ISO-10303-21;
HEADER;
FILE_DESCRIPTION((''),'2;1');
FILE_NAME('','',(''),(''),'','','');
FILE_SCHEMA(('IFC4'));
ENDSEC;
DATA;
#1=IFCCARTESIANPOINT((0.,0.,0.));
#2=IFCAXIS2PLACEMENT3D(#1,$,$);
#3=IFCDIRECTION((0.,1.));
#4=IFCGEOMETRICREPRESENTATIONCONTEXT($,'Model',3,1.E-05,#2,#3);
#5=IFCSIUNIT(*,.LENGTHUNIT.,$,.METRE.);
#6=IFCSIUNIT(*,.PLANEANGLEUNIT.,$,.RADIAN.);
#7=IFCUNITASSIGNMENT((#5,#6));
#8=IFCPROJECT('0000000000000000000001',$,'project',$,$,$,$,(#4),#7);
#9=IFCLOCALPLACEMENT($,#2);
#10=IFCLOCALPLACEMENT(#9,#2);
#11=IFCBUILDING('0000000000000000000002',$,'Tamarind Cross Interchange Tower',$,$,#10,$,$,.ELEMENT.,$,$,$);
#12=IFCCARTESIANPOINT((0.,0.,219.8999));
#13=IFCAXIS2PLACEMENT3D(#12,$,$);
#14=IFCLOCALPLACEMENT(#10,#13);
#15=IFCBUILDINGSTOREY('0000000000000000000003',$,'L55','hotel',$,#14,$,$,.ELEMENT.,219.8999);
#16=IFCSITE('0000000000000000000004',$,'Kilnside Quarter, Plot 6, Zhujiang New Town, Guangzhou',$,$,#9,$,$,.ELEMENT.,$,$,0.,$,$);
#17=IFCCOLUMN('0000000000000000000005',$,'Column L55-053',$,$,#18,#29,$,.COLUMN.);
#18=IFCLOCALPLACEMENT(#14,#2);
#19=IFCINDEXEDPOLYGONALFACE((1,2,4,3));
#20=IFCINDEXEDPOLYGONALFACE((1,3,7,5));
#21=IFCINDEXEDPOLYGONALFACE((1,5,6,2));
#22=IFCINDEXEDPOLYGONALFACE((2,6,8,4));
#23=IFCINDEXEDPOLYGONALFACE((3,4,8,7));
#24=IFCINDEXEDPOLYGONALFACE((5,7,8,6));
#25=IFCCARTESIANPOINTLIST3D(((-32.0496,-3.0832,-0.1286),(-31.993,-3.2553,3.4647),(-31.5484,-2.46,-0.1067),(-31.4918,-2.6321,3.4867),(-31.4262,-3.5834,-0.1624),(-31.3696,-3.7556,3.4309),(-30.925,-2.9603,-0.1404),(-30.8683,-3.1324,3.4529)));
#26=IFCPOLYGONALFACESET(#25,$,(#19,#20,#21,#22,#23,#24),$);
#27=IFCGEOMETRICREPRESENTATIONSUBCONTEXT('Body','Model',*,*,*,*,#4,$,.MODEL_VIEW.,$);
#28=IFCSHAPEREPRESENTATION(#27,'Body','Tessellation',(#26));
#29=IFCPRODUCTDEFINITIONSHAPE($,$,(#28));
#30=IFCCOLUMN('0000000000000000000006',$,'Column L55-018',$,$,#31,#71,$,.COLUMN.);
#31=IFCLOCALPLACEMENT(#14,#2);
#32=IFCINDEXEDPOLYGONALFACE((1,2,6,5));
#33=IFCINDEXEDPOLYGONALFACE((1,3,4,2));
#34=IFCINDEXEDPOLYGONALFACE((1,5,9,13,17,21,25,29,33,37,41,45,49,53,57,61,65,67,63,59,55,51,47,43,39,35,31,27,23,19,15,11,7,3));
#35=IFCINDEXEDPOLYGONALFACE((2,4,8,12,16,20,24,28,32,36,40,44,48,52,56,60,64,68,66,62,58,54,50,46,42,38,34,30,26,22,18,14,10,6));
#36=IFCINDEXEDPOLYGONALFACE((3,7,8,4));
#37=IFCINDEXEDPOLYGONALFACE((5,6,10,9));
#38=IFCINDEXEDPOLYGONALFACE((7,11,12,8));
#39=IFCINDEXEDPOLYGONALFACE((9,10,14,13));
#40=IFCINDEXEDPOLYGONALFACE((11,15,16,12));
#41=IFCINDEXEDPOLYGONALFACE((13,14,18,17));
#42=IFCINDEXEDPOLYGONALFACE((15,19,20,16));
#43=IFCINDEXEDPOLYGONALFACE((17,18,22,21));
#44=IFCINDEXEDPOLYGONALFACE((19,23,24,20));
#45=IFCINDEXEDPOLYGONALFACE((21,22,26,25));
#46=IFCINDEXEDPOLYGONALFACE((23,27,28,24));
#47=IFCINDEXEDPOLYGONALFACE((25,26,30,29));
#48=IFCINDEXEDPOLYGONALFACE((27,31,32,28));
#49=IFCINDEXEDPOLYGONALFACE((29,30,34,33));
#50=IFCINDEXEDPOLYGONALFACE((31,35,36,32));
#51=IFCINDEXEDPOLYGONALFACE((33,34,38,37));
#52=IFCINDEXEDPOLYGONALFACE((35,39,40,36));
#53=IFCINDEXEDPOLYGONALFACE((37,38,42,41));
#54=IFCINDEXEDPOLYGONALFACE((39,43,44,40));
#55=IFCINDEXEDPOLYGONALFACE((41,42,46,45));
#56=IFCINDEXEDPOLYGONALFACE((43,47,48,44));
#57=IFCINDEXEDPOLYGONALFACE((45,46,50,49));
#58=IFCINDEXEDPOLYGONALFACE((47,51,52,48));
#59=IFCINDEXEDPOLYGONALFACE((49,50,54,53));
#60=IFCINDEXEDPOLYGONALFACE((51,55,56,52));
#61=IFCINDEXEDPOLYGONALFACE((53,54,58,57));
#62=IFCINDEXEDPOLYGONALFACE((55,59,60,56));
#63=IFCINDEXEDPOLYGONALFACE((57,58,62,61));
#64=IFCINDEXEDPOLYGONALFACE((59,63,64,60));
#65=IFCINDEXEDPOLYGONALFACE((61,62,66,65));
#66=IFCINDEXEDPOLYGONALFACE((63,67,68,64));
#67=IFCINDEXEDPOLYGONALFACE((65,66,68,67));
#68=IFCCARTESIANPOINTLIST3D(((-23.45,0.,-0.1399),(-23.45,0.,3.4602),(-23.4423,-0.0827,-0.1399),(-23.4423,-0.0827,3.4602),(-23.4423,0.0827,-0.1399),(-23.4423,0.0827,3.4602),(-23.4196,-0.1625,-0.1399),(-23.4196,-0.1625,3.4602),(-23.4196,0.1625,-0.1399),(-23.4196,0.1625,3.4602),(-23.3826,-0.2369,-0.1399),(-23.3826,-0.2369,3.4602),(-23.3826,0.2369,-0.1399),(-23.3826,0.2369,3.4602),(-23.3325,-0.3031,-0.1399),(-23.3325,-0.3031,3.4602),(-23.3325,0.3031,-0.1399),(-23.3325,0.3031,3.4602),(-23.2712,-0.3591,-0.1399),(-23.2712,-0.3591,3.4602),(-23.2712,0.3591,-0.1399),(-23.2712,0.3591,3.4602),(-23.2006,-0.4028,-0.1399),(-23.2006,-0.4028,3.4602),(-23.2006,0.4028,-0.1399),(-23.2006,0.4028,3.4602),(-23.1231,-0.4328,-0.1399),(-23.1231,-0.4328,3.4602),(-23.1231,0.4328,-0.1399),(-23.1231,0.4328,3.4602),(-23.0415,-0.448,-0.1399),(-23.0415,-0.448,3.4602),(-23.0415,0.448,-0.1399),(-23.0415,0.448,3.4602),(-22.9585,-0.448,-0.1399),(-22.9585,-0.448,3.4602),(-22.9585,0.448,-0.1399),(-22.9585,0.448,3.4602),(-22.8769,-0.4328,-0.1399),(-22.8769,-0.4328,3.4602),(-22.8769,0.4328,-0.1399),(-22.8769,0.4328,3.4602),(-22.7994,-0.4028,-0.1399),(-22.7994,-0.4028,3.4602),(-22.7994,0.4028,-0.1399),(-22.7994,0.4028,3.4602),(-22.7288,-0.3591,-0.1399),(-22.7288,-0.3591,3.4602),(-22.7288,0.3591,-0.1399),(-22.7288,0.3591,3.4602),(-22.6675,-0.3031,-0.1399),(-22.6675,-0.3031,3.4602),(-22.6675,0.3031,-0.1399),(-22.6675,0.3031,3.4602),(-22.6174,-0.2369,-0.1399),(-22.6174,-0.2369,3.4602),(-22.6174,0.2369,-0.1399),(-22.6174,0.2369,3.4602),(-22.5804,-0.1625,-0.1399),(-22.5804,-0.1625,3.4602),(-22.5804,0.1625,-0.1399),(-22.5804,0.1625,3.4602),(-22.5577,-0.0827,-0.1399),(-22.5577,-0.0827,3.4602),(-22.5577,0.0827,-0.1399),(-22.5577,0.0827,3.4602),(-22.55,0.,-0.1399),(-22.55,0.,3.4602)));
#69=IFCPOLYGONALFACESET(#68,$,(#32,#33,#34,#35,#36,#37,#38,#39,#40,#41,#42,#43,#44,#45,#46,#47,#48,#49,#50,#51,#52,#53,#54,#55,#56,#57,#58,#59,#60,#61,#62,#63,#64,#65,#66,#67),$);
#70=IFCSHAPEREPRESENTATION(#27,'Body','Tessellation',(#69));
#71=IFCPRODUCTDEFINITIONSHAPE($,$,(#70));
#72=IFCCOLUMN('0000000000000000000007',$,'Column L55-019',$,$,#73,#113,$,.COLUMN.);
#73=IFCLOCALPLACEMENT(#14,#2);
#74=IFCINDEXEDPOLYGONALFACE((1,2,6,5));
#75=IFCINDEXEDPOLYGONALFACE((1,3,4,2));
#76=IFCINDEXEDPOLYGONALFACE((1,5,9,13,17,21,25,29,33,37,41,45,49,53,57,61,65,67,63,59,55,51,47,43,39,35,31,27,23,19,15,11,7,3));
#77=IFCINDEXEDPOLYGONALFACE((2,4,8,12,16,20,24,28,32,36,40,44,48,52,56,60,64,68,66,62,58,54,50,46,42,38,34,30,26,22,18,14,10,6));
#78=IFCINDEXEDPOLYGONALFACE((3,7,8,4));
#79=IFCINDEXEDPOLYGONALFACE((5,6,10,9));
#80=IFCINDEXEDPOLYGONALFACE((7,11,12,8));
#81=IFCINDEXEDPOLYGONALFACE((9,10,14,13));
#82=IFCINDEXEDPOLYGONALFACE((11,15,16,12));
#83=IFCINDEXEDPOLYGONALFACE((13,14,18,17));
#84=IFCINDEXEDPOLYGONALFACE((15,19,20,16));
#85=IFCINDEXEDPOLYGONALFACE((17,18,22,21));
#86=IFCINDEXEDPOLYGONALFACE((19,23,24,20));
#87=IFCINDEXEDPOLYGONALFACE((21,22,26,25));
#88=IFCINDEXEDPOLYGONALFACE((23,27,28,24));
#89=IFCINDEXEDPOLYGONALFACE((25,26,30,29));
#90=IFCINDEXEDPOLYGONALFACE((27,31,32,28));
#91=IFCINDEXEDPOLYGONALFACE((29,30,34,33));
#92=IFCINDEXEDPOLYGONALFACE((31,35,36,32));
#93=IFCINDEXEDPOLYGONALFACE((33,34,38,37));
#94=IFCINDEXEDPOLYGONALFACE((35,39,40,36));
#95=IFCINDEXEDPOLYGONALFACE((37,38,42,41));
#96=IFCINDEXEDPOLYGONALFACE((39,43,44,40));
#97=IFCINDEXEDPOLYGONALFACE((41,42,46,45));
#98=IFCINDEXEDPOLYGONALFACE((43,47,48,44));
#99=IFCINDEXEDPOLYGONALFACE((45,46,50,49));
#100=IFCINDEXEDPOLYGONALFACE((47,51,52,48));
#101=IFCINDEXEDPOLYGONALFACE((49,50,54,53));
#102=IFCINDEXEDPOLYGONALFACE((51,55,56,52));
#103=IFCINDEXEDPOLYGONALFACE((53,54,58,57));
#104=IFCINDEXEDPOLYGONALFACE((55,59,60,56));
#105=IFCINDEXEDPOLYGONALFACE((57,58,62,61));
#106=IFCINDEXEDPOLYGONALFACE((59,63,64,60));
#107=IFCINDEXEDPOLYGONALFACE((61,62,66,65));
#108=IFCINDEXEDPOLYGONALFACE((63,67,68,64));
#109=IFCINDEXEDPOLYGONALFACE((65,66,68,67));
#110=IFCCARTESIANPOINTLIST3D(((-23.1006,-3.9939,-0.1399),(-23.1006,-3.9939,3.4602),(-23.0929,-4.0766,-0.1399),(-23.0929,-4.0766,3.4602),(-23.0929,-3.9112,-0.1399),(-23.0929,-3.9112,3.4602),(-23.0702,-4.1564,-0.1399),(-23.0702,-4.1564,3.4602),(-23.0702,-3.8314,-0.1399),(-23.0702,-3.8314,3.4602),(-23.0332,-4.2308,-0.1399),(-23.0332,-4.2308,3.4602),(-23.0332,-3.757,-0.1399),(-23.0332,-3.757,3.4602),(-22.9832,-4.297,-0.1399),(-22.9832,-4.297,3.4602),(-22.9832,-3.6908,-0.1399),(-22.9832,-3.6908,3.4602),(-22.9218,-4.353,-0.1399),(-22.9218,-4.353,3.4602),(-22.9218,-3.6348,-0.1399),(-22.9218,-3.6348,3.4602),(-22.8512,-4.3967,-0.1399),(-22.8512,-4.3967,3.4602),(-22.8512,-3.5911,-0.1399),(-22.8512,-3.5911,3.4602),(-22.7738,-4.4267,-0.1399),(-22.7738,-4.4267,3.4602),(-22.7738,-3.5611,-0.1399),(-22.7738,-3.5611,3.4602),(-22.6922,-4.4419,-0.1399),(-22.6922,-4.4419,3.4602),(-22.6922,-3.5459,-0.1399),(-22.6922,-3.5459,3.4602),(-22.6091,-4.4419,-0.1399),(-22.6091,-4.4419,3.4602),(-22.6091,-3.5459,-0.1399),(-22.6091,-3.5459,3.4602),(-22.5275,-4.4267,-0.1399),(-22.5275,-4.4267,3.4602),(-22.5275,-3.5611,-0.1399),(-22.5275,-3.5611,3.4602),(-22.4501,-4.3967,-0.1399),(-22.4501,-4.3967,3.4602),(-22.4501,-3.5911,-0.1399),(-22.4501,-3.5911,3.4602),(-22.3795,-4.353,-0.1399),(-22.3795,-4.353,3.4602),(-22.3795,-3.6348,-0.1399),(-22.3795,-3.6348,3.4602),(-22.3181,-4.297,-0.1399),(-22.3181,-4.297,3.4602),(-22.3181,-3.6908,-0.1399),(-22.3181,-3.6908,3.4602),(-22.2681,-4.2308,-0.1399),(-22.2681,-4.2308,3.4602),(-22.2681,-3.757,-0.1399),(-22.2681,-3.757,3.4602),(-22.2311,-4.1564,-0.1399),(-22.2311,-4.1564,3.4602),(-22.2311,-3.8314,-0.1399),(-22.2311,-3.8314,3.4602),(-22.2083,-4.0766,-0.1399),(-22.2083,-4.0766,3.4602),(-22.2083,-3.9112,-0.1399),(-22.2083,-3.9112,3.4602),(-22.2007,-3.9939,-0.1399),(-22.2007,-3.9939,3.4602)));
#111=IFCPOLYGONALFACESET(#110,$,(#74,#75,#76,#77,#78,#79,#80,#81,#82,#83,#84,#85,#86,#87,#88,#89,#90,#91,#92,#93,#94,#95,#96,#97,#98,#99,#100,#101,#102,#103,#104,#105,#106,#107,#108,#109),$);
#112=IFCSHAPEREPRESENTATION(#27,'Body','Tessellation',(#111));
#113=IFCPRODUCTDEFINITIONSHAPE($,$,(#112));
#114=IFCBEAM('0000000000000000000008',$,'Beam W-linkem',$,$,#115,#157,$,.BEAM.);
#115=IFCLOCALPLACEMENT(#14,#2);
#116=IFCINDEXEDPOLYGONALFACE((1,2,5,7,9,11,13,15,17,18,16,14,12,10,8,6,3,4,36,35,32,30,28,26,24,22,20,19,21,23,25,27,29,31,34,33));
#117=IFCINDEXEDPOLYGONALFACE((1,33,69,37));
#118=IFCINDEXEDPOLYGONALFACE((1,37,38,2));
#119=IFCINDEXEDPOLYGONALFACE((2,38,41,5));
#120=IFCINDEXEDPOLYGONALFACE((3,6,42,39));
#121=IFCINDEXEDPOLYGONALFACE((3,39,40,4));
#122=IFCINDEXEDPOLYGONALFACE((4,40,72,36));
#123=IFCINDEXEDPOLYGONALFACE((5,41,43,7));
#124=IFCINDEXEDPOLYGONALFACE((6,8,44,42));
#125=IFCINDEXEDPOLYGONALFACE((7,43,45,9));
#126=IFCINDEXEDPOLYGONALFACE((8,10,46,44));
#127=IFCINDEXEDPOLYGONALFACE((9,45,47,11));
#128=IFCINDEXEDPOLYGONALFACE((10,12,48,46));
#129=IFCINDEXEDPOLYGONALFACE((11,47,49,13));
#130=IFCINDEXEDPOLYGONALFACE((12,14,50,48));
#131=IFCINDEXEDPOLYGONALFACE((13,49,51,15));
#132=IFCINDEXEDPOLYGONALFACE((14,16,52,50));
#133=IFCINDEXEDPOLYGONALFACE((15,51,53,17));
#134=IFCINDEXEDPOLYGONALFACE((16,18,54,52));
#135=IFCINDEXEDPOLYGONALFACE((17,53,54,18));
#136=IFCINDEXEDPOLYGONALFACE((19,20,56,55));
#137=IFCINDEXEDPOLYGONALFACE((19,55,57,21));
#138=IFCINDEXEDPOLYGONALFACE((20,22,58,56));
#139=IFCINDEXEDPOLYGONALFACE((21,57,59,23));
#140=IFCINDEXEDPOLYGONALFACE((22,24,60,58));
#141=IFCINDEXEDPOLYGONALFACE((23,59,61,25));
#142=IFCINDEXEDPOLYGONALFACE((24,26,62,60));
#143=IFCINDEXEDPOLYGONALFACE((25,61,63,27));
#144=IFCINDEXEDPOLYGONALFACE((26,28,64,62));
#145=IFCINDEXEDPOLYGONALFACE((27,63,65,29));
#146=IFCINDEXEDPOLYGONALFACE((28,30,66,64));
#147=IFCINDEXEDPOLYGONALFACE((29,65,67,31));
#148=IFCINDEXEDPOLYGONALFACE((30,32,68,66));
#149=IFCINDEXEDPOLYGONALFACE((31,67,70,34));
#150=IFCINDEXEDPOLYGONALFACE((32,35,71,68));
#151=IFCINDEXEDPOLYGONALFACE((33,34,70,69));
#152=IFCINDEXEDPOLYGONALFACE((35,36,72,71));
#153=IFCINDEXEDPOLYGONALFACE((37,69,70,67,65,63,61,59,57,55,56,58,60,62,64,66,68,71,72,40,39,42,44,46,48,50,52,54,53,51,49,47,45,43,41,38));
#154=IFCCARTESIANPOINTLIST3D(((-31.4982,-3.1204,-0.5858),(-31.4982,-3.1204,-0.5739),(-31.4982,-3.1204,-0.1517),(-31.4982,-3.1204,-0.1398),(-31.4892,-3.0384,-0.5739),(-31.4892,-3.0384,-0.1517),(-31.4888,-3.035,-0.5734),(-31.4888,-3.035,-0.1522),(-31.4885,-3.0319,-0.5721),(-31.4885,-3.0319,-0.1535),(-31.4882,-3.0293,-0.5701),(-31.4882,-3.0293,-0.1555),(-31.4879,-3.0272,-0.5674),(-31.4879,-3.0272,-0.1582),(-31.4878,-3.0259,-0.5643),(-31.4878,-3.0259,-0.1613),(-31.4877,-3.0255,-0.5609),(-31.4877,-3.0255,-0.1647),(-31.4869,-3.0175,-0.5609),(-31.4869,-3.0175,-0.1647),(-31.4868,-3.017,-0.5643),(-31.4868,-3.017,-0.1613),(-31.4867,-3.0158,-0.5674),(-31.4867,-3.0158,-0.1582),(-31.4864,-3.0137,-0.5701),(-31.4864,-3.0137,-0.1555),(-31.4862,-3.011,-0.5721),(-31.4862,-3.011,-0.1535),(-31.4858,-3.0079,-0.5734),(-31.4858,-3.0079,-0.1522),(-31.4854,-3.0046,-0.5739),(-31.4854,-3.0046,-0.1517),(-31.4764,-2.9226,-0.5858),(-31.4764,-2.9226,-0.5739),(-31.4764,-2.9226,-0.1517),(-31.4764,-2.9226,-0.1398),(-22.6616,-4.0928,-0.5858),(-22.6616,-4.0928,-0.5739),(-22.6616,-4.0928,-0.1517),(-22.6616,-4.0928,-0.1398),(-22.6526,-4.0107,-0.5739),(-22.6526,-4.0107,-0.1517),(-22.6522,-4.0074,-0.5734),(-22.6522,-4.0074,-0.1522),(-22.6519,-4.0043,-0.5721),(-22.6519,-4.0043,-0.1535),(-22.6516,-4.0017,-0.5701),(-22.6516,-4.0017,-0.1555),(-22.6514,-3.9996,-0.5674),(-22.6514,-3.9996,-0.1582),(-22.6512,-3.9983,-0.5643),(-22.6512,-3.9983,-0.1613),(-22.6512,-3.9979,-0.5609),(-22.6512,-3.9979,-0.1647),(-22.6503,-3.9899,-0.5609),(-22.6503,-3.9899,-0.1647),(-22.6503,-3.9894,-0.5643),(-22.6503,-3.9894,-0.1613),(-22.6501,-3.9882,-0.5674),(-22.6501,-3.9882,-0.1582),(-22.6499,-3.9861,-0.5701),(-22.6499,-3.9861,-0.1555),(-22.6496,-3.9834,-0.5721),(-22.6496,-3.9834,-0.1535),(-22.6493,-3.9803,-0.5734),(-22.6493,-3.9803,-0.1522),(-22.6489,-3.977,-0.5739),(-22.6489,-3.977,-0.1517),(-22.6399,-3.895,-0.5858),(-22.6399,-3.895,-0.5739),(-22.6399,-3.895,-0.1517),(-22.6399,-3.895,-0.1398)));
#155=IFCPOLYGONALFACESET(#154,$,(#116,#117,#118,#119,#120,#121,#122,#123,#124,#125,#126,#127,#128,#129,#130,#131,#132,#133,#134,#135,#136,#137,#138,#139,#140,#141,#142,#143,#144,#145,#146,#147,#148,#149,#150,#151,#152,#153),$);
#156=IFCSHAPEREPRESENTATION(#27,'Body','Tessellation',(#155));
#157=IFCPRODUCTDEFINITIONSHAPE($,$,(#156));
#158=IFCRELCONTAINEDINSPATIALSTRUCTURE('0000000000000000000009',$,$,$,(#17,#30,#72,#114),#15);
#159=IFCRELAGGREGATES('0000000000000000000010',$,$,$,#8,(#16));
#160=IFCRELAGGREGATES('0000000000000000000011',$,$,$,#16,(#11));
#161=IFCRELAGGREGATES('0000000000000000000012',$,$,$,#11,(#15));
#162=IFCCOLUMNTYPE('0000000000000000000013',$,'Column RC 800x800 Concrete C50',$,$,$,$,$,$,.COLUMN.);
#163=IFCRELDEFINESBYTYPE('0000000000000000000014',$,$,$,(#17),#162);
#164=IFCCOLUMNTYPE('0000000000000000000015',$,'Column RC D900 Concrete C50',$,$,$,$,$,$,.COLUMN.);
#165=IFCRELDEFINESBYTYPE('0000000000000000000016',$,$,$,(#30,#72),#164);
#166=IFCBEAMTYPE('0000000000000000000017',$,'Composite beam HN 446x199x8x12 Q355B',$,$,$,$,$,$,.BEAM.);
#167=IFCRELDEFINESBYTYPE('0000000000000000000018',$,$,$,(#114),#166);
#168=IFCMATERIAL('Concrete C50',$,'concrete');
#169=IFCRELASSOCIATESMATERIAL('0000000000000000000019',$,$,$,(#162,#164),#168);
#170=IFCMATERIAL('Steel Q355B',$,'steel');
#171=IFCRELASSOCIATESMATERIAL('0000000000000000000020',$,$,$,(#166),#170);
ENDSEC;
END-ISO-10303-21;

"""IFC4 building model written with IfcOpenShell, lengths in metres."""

from ifc_helpers import new_model, si_unit, direction, frame, origin, origin_2d, place, context, subcontext, project, spatial, rectangle, circle, i_section, extrude, material, material_profile, profile_set, type_object, element, save


model = new_model("IFC4")

# Units and contexts
model_context = context("Model", 3, precision=1e-05, world=origin(), true_north=direction((0.0, 1.0)))
body_context = subcontext(model_context, "Body", "Model", "MODEL_VIEW")
ifc_project = project(units=[si_unit("LENGTHUNIT", "METRE"), si_unit("PLANEANGLEUNIT", "RADIAN")], contexts=[model_context])

# Site, building, storey
site_placement = place(None, origin())
site = spatial("IfcSite", under=ifc_project, at=site_placement, Name="Kilnside Quarter, Plot 6, Zhujiang New Town, Guangzhou", CompositionType="ELEMENT", RefElevation=0.0)
building_placement = place(site_placement, origin())
building = spatial("IfcBuilding", under=site, at=building_placement, Name="Tamarind Cross Interchange Tower", CompositionType="ELEMENT")
storey_placement = place(building_placement, frame((0.0, 0.0, 219.8999)))
storey = spatial("IfcBuildingStorey", under=building, at=storey_placement, Name="L55", Description="hotel", CompositionType="ELEMENT", Elevation=219.8999)

# Columns
ifc_material_1 = material(Name="Concrete C50", Category="concrete")
ifc_material_profile_1 = material_profile(ifc_material_1, rectangle(XDim=0.8, YDim=0.8, at=origin_2d()), Name="RC 800x800")
ifc_profile_set_1 = profile_set([ifc_material_profile_1], Name="Concrete C50")
column_type_1 = type_object("IfcColumnType", Name="Column RC 800x800 Concrete C50", PredefinedType="COLUMN", material=ifc_profile_set_1)
column_placement = place(storey_placement, frame((-31.4873, -3.0217, -0.1345), z_axis=(0.015743, -0.04784, 0.998731), x_axis=(0.626503, 0.778936, 0.027436)))
element("IfcColumn", 1, at=column_placement, inside=storey, type_object=column_type_1, Name="Column L55-053", PredefinedType="COLUMN", context=body_context, shape_type="SweptSolid", body=[
    extrude(rectangle(XDim=0.8, YDim=0.8, at=origin_2d()), origin(), (0.0, 0.0, 1.0), 3.5979),
])
ifc_material_profile_2 = material_profile(ifc_material_1, circle(Radius=0.45, at=origin_2d()), Name="RC D900")
ifc_profile_set_2 = profile_set([ifc_material_profile_2], Name="Concrete C50")
column_type_2 = type_object("IfcColumnType", Name="Column RC D900 Concrete C50", PredefinedType="COLUMN", material=ifc_profile_set_2)
for number, where, z_axis, x_axis, name in (
    (2, (-23.0, 0.0, -0.1399), (0.0, 0.0, 1.0), (1.0, 0.0, 0.0), "Column L55-018"),
    (3, (-22.6506, -3.9939, -0.1399), (0.0, 0.0, 1.0), (1.0, 0.0, 0.0), "Column L55-019"),
):
    element("IfcColumn", number, at=place(storey_placement, frame(where, z_axis=z_axis, x_axis=x_axis)), inside=storey, type_object=column_type_2, Name=name, PredefinedType="COLUMN", context=body_context, shape_type="SweptSolid", body=[
        extrude(circle(Radius=0.45, at=origin_2d()), origin(), (0.0, 0.0, 1.0), 3.6001),
    ])

# Beam
ifc_material_2 = material(Name="Steel Q355B", Category="steel")
ifc_material_profile_3 = material_profile(ifc_material_2, i_section(OverallWidth=0.199, OverallDepth=0.446, WebThickness=0.0081, FlangeThickness=0.012, FilletRadius=0.0129, at=origin_2d()), Name="HN 446x199x8x12")
ifc_profile_set_3 = profile_set([ifc_material_profile_3], Name="Steel Q355B")
beam_type_1 = type_object("IfcBeamType", Name="Composite beam HN 446x199x8x12 Q355B", PredefinedType="BEAM", material=ifc_profile_set_3)
beam_1_placement = place(storey_placement, frame((-31.4873, -3.0215, -0.3628), z_axis=(0.994, -0.109383, 0.0), x_axis=(0.109383, 0.994, 0.0)))
element("IfcBeam", 4, at=beam_1_placement, inside=storey, type_object=beam_type_1, Name="Beam W-linkem", PredefinedType="BEAM", context=body_context, shape_type="SweptSolid", body=[
    extrude(i_section(OverallWidth=0.199, OverallDepth=0.446, WebThickness=0.0081, FlangeThickness=0.012, FilletRadius=0.0129, at=origin_2d()), origin(), (0.0, 0.0, 1.0), 8.8899),
])

save(model, "model.ifc")
